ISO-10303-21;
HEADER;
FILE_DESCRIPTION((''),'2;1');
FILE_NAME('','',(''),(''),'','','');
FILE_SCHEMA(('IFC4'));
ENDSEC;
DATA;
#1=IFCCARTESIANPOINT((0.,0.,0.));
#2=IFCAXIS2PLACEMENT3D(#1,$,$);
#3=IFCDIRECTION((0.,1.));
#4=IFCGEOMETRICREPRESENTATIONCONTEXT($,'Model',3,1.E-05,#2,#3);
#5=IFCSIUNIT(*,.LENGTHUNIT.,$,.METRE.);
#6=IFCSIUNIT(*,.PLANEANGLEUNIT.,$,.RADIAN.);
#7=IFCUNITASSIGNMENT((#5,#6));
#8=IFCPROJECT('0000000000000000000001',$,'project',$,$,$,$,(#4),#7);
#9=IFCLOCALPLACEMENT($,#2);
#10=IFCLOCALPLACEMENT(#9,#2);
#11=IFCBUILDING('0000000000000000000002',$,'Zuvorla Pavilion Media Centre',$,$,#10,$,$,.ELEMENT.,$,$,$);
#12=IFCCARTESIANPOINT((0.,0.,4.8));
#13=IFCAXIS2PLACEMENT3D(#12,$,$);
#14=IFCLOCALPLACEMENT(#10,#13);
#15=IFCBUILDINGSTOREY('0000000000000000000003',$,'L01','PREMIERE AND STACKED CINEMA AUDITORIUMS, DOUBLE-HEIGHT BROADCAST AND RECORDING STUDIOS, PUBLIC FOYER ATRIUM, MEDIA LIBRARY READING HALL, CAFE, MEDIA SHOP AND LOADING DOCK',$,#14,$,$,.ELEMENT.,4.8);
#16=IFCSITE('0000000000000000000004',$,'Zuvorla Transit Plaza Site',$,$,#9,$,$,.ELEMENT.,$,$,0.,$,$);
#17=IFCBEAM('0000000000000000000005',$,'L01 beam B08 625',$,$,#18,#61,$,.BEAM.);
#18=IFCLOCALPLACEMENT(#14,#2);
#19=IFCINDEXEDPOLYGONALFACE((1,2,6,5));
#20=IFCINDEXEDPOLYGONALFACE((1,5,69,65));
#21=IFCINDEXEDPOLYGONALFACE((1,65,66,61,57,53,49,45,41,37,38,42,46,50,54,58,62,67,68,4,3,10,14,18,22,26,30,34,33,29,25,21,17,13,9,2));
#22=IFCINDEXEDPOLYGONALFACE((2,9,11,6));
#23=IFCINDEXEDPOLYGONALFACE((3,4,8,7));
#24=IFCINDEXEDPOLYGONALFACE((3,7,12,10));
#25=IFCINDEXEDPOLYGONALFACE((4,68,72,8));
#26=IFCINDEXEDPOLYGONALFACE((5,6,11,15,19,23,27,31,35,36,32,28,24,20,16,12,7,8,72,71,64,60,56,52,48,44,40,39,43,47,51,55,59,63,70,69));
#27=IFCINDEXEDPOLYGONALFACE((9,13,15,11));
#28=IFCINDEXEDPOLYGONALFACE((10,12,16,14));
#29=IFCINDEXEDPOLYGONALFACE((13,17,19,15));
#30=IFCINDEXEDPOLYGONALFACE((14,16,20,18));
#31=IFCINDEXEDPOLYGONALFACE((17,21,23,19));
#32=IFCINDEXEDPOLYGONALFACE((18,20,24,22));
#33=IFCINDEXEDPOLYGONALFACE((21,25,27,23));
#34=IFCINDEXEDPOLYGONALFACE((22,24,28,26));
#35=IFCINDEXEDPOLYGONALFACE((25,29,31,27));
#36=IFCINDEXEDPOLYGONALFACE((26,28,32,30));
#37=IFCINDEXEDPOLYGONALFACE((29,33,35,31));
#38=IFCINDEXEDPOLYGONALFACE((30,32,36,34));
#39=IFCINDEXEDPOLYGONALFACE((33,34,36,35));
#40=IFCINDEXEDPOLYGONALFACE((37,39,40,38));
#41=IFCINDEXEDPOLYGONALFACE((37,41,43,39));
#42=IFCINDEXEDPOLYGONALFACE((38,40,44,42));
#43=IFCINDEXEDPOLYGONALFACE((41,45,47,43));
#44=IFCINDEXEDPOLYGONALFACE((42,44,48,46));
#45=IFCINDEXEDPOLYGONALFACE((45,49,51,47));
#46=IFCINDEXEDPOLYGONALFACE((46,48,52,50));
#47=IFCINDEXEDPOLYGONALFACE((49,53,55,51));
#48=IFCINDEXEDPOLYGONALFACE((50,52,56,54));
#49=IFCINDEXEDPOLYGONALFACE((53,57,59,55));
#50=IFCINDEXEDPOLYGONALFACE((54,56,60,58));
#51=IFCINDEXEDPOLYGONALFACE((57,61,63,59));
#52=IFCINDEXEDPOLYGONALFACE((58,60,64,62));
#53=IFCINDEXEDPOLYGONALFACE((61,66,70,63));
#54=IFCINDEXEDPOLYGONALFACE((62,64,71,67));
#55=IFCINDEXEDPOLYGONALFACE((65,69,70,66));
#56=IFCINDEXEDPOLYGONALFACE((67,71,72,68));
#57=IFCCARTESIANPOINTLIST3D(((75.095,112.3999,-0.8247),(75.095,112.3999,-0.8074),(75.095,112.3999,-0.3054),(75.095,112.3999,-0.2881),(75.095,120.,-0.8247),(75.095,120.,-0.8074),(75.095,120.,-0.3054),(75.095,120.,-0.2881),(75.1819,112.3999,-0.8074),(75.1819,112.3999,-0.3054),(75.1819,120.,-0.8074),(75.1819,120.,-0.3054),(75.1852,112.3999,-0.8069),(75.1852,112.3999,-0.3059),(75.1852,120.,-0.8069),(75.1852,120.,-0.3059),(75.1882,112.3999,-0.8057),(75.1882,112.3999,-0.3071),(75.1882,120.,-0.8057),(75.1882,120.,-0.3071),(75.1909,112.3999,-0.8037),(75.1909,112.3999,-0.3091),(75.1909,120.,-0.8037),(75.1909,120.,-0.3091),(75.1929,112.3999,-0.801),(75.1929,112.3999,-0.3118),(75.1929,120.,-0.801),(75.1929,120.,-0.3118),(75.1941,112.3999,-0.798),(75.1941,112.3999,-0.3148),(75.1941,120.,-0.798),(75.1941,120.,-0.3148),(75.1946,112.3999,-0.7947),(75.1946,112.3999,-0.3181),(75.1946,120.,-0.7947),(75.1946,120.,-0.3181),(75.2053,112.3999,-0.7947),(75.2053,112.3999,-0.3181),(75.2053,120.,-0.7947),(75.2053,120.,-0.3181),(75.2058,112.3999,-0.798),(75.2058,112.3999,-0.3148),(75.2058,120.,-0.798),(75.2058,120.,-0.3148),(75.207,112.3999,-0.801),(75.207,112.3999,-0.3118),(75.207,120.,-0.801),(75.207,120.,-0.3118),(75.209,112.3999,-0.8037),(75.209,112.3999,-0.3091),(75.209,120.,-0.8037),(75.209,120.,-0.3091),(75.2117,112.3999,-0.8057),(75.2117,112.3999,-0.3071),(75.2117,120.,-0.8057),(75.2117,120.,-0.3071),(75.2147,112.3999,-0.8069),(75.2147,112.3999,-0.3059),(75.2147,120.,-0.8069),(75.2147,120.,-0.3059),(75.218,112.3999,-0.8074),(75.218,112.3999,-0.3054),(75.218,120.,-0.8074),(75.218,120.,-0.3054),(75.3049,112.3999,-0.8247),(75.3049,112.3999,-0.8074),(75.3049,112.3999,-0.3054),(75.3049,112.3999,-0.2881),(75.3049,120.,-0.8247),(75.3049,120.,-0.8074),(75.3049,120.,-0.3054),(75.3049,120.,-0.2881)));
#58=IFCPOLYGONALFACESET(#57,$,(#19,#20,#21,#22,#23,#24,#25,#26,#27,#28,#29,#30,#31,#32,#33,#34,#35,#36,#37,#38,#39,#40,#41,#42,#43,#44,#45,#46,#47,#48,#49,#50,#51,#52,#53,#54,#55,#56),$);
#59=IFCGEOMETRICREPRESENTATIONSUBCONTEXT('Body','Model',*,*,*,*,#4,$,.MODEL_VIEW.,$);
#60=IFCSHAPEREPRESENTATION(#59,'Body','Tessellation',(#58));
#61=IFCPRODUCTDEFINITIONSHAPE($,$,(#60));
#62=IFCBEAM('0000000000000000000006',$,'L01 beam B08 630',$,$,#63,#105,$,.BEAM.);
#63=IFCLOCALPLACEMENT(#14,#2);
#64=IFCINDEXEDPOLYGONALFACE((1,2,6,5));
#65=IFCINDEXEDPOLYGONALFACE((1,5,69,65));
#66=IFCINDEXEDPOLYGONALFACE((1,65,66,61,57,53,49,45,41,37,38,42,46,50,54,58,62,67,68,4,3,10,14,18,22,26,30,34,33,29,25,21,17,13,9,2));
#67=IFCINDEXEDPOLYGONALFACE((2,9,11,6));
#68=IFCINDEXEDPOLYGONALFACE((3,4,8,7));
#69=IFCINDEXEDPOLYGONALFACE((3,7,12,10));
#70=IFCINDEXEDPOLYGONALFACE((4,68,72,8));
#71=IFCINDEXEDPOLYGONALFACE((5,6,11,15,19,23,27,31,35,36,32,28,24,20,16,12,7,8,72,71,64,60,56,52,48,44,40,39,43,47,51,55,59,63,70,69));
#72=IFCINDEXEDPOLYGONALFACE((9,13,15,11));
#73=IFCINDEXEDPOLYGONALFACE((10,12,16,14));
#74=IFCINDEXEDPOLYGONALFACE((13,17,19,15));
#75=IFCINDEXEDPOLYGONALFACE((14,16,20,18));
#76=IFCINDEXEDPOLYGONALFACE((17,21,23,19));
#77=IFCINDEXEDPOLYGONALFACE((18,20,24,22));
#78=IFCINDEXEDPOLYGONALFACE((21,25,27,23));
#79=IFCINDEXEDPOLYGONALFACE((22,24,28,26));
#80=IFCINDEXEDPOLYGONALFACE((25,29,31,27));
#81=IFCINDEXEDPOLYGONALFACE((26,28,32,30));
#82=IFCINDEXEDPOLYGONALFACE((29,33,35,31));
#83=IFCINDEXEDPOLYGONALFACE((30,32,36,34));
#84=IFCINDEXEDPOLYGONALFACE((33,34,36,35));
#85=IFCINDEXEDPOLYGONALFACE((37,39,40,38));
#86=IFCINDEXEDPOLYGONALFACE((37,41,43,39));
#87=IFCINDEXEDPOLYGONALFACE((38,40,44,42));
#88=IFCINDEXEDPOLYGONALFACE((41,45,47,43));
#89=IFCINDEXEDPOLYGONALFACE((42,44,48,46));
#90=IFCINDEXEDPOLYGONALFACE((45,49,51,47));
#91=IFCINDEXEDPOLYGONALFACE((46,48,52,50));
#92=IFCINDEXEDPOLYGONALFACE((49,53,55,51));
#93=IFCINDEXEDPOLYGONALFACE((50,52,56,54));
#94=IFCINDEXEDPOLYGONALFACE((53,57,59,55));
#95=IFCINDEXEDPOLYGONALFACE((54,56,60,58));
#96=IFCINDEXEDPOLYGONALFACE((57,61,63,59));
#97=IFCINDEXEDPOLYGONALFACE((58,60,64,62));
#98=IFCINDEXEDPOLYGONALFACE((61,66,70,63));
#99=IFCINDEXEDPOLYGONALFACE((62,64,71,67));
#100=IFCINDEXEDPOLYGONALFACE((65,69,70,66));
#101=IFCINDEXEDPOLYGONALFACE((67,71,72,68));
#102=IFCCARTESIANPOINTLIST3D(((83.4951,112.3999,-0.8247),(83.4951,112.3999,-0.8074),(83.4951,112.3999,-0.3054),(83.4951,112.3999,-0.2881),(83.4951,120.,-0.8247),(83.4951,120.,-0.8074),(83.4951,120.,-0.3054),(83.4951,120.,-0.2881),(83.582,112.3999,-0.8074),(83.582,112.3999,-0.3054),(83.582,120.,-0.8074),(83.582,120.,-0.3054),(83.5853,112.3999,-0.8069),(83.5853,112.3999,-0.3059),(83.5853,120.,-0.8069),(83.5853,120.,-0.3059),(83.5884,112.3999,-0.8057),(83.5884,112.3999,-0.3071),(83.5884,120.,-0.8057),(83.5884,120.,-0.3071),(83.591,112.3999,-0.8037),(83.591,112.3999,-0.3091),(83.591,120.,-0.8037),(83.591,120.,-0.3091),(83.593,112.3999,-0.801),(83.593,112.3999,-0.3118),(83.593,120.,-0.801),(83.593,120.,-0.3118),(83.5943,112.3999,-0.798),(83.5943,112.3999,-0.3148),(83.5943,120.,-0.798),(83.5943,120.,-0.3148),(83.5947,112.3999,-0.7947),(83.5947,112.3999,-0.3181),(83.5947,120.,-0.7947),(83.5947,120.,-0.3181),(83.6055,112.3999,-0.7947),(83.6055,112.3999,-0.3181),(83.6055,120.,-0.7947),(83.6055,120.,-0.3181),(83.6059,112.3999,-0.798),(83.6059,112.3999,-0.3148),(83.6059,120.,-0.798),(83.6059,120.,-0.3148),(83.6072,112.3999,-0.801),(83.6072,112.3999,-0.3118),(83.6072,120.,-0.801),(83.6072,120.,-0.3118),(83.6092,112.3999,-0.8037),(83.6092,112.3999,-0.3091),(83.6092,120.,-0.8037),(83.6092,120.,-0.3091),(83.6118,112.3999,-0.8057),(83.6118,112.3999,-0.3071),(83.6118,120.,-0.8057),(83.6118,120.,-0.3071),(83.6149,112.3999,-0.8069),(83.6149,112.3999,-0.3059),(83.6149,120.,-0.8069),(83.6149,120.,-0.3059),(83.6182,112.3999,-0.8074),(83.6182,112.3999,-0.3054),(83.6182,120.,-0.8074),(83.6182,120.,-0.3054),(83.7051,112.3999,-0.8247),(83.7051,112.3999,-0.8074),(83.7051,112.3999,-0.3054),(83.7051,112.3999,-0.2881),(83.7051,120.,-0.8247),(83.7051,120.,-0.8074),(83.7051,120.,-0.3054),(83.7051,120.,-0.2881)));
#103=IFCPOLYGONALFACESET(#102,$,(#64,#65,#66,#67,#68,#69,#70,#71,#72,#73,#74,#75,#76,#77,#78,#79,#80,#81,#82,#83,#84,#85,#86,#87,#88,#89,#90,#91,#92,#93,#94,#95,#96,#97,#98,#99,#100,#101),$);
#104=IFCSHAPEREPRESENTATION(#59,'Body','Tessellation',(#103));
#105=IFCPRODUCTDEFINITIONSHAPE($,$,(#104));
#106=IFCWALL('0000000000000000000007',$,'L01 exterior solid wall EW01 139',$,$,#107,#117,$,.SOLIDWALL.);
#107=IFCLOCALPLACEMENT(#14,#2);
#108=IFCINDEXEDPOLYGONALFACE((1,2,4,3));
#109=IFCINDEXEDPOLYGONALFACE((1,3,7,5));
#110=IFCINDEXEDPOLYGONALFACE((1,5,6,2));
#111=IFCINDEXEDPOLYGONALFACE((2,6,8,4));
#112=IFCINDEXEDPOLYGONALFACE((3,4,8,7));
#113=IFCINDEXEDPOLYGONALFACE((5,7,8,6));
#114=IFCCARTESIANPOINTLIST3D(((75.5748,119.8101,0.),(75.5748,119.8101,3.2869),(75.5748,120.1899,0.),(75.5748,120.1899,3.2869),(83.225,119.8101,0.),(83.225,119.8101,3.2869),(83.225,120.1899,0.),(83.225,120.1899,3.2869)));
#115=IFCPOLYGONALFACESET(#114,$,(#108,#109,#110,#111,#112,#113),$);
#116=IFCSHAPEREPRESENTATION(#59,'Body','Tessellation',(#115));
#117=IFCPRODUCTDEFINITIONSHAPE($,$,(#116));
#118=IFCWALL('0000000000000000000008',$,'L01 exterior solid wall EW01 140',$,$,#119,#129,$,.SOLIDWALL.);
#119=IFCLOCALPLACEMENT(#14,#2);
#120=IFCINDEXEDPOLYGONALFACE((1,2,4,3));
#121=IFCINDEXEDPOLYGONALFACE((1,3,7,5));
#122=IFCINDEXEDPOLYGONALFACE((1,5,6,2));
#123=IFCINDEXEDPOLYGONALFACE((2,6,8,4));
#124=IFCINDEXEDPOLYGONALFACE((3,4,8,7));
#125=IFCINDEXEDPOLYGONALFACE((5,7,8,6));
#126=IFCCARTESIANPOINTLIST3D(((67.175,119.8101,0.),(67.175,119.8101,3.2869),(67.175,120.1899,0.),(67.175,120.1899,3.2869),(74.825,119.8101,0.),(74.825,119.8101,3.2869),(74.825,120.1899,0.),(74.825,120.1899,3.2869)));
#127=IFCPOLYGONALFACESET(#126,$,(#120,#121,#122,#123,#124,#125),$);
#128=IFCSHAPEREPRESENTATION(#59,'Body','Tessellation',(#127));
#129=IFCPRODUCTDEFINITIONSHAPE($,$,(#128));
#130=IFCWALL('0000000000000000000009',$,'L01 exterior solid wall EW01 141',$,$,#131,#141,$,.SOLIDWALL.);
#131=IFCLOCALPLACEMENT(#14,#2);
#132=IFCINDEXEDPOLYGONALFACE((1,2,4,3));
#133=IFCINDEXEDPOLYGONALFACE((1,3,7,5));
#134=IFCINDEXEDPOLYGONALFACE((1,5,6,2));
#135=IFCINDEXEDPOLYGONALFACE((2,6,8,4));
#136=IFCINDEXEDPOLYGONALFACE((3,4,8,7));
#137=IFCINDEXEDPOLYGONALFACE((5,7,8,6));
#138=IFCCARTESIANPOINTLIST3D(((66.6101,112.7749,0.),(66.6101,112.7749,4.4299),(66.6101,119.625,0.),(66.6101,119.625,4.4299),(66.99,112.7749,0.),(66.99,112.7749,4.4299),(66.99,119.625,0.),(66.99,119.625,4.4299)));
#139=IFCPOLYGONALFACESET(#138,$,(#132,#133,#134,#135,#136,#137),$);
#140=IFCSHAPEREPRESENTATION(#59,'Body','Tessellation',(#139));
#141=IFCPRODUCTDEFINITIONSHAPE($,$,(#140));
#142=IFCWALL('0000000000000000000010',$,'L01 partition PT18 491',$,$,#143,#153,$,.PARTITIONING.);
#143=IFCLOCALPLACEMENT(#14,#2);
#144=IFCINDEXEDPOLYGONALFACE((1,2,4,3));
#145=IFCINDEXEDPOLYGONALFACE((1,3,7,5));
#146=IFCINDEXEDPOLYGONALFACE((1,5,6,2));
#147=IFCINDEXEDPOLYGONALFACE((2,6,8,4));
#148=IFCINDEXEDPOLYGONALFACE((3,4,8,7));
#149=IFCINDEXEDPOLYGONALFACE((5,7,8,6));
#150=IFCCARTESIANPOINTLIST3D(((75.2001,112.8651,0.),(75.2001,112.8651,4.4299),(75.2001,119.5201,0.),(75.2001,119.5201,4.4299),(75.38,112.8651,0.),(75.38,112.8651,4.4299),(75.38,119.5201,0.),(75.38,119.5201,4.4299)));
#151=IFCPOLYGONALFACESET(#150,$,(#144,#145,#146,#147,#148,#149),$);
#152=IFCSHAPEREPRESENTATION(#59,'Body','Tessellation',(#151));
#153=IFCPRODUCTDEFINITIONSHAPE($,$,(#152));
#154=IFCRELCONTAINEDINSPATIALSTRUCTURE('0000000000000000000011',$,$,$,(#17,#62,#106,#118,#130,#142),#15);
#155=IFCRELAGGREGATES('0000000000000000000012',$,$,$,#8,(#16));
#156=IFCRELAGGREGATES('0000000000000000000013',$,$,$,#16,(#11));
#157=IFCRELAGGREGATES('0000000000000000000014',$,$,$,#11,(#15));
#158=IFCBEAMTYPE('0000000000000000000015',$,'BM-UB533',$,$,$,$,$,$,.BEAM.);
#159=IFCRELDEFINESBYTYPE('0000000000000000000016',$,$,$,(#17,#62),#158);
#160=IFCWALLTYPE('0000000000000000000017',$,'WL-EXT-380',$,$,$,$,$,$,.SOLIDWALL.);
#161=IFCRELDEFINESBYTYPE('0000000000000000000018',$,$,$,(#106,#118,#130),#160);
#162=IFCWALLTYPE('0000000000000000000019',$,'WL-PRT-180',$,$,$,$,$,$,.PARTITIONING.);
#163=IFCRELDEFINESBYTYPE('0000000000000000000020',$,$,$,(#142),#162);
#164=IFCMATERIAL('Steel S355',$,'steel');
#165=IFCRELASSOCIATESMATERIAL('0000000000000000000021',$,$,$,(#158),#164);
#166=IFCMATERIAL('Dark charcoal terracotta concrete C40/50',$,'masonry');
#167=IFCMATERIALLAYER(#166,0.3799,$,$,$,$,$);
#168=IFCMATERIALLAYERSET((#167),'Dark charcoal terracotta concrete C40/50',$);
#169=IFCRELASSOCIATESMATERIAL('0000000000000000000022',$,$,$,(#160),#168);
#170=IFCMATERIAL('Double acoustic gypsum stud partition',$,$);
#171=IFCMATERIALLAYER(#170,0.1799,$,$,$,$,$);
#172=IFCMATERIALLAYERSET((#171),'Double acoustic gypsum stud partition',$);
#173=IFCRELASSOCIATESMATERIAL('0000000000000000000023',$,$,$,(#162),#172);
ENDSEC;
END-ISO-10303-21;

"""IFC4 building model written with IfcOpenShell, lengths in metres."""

from ifc_helpers import new_model, si_unit, direction, frame, frame_2d, origin, origin_2d, place, context, subcontext, project, spatial, rectangle, i_section, extrude, material, layer, layer_set, material_profile, profile_set, type_object, element, save


model = new_model("IFC4")

# Units and contexts
model_context = context("Model", 3, precision=1e-05, world=origin(), true_north=direction((0.0, 1.0)))
body_context = subcontext(model_context, "Body", "Model", "MODEL_VIEW")
ifc_project = project(units=[si_unit("LENGTHUNIT", "METRE"), si_unit("PLANEANGLEUNIT", "RADIAN")], contexts=[model_context])

# Site, building, storey
site_placement = place(None, origin())
site = spatial("IfcSite", under=ifc_project, at=site_placement, Name="Zuvorla Transit Plaza Site", CompositionType="ELEMENT", RefElevation=0.0)
building_placement = place(site_placement, origin())
building = spatial("IfcBuilding", under=site, at=building_placement, Name="Zuvorla Pavilion Media Centre", CompositionType="ELEMENT")
storey_placement = place(building_placement, frame((0.0, 0.0, 4.8)))
storey = spatial("IfcBuildingStorey", under=building, at=storey_placement, Name="L01", Description="PREMIERE AND STACKED CINEMA AUDITORIUMS, DOUBLE-HEIGHT BROADCAST AND RECORDING STUDIOS, PUBLIC FOYER ATRIUM, MEDIA LIBRARY READING HALL, CAFE, MEDIA SHOP AND LOADING DOCK", CompositionType="ELEMENT", Elevation=4.8)

# Beams
ifc_material_1 = material(Name="Steel S355", Category="steel")
ifc_material_profile_1 = material_profile(ifc_material_1, i_section(OverallWidth=0.21, OverallDepth=0.5366, WebThickness=0.0107, FlangeThickness=0.0173, FilletRadius=0.0127, at=origin_2d()), Name="UB 533x210x101")
ifc_profile_set_1 = profile_set([ifc_material_profile_1], Name="Steel S355")
beam_type_1 = type_object("IfcBeamType", Name="BM-UB533", PredefinedType="BEAM", material=ifc_profile_set_1)
for number, where, z_axis, x_axis, name in (
    (1, (75.2, 112.3999, -0.5564), (0.0, 1.0, 0.0), (-1.0, 0.0, 0.0), "L01 beam B08 625"),
    (2, (83.6001, 112.3999, -0.5564), (0.0, 1.0, 0.0), (-1.0, 0.0, 0.0), "L01 beam B08 630"),
):
    element("IfcBeam", number, at=place(storey_placement, frame(where, z_axis=z_axis, x_axis=x_axis)), inside=storey, type_object=beam_type_1, Name=name, PredefinedType="BEAM", context=body_context, shape_type="SweptSolid", body=[
        extrude(i_section(OverallWidth=0.21, OverallDepth=0.5366, WebThickness=0.0107, FlangeThickness=0.0173, FilletRadius=0.0127, at=origin_2d()), origin(), (0.0, 0.0, 1.0), 7.6001),
    ])

# Walls
ifc_material_2 = material(Name="Dark charcoal terracotta concrete C40/50", Category="masonry")
ifc_layer_1 = layer(ifc_material_2, 0.3799)
ifc_layer_set_1 = layer_set([ifc_layer_1], Name="Dark charcoal terracotta concrete C40/50")
wall_type_1 = type_object("IfcWallType", Name="WL-EXT-380", PredefinedType="SOLIDWALL", material=ifc_layer_set_1)
wall_1_placement = place(storey_placement, frame((83.2251, 120.0, 0.0), z_axis=(0.0, 0.0, 1.0), x_axis=(-1.0, 0.0, 0.0)))
element("IfcWall", 3, at=wall_1_placement, inside=storey, type_object=wall_type_1, Name="L01 exterior solid wall EW01 139", PredefinedType="SOLIDWALL", context=body_context, shape_type="SweptSolid", body=[
    extrude(rectangle(XDim=7.6501, YDim=0.3799, at=frame_2d((3.8252, 0.0))), origin(), (0.0, 0.0, 1.0), 3.2869),
])
wall_2_placement = place(storey_placement, frame((74.825, 120.0, 0.0), z_axis=(0.0, 0.0, 1.0), x_axis=(-1.0, 0.0, 0.0)))
element("IfcWall", 4, at=wall_2_placement, inside=storey, type_object=wall_type_1, Name="L01 exterior solid wall EW01 140", PredefinedType="SOLIDWALL", context=body_context, shape_type="SweptSolid", body=[
    extrude(rectangle(XDim=7.6499, YDim=0.3799, at=frame_2d((3.825, 0.0))), origin(), (0.0, 0.0, 1.0), 3.2869),
])
wall_3_placement = place(storey_placement, frame((66.8, 119.625, 0.0), z_axis=(0.0, 0.0, 1.0), x_axis=(0.0, -1.0, 0.0)))
element("IfcWall", 5, at=wall_3_placement, inside=storey, type_object=wall_type_1, Name="L01 exterior solid wall EW01 141", PredefinedType="SOLIDWALL", context=body_context, shape_type="SweptSolid", body=[
    extrude(rectangle(XDim=6.8501, YDim=0.3799, at=frame_2d((3.425, 0.0))), origin(), (0.0, 0.0, 1.0), 4.4299),
])
ifc_material_3 = material(Name="Double acoustic gypsum stud partition")
ifc_layer_2 = layer(ifc_material_3, 0.1799)
ifc_layer_set_2 = layer_set([ifc_layer_2], Name="Double acoustic gypsum stud partition")
wall_type_2 = type_object("IfcWallType", Name="WL-PRT-180", PredefinedType="PARTITIONING", material=ifc_layer_set_2)
wall_4_placement = place(storey_placement, frame((75.29, 112.865, 0.0), z_axis=(0.0, 0.0, 1.0), x_axis=(0.0, 1.0, 0.0)))
element("IfcWall", 6, at=wall_4_placement, inside=storey, type_object=wall_type_2, Name="L01 partition PT18 491", PredefinedType="PARTITIONING", context=body_context, shape_type="SweptSolid", body=[
    extrude(rectangle(XDim=6.655, YDim=0.1799, at=frame_2d((3.3276, 0.0))), origin(), (0.0, 0.0, 1.0), 4.4299),
])

save(model, "model.ifc")
